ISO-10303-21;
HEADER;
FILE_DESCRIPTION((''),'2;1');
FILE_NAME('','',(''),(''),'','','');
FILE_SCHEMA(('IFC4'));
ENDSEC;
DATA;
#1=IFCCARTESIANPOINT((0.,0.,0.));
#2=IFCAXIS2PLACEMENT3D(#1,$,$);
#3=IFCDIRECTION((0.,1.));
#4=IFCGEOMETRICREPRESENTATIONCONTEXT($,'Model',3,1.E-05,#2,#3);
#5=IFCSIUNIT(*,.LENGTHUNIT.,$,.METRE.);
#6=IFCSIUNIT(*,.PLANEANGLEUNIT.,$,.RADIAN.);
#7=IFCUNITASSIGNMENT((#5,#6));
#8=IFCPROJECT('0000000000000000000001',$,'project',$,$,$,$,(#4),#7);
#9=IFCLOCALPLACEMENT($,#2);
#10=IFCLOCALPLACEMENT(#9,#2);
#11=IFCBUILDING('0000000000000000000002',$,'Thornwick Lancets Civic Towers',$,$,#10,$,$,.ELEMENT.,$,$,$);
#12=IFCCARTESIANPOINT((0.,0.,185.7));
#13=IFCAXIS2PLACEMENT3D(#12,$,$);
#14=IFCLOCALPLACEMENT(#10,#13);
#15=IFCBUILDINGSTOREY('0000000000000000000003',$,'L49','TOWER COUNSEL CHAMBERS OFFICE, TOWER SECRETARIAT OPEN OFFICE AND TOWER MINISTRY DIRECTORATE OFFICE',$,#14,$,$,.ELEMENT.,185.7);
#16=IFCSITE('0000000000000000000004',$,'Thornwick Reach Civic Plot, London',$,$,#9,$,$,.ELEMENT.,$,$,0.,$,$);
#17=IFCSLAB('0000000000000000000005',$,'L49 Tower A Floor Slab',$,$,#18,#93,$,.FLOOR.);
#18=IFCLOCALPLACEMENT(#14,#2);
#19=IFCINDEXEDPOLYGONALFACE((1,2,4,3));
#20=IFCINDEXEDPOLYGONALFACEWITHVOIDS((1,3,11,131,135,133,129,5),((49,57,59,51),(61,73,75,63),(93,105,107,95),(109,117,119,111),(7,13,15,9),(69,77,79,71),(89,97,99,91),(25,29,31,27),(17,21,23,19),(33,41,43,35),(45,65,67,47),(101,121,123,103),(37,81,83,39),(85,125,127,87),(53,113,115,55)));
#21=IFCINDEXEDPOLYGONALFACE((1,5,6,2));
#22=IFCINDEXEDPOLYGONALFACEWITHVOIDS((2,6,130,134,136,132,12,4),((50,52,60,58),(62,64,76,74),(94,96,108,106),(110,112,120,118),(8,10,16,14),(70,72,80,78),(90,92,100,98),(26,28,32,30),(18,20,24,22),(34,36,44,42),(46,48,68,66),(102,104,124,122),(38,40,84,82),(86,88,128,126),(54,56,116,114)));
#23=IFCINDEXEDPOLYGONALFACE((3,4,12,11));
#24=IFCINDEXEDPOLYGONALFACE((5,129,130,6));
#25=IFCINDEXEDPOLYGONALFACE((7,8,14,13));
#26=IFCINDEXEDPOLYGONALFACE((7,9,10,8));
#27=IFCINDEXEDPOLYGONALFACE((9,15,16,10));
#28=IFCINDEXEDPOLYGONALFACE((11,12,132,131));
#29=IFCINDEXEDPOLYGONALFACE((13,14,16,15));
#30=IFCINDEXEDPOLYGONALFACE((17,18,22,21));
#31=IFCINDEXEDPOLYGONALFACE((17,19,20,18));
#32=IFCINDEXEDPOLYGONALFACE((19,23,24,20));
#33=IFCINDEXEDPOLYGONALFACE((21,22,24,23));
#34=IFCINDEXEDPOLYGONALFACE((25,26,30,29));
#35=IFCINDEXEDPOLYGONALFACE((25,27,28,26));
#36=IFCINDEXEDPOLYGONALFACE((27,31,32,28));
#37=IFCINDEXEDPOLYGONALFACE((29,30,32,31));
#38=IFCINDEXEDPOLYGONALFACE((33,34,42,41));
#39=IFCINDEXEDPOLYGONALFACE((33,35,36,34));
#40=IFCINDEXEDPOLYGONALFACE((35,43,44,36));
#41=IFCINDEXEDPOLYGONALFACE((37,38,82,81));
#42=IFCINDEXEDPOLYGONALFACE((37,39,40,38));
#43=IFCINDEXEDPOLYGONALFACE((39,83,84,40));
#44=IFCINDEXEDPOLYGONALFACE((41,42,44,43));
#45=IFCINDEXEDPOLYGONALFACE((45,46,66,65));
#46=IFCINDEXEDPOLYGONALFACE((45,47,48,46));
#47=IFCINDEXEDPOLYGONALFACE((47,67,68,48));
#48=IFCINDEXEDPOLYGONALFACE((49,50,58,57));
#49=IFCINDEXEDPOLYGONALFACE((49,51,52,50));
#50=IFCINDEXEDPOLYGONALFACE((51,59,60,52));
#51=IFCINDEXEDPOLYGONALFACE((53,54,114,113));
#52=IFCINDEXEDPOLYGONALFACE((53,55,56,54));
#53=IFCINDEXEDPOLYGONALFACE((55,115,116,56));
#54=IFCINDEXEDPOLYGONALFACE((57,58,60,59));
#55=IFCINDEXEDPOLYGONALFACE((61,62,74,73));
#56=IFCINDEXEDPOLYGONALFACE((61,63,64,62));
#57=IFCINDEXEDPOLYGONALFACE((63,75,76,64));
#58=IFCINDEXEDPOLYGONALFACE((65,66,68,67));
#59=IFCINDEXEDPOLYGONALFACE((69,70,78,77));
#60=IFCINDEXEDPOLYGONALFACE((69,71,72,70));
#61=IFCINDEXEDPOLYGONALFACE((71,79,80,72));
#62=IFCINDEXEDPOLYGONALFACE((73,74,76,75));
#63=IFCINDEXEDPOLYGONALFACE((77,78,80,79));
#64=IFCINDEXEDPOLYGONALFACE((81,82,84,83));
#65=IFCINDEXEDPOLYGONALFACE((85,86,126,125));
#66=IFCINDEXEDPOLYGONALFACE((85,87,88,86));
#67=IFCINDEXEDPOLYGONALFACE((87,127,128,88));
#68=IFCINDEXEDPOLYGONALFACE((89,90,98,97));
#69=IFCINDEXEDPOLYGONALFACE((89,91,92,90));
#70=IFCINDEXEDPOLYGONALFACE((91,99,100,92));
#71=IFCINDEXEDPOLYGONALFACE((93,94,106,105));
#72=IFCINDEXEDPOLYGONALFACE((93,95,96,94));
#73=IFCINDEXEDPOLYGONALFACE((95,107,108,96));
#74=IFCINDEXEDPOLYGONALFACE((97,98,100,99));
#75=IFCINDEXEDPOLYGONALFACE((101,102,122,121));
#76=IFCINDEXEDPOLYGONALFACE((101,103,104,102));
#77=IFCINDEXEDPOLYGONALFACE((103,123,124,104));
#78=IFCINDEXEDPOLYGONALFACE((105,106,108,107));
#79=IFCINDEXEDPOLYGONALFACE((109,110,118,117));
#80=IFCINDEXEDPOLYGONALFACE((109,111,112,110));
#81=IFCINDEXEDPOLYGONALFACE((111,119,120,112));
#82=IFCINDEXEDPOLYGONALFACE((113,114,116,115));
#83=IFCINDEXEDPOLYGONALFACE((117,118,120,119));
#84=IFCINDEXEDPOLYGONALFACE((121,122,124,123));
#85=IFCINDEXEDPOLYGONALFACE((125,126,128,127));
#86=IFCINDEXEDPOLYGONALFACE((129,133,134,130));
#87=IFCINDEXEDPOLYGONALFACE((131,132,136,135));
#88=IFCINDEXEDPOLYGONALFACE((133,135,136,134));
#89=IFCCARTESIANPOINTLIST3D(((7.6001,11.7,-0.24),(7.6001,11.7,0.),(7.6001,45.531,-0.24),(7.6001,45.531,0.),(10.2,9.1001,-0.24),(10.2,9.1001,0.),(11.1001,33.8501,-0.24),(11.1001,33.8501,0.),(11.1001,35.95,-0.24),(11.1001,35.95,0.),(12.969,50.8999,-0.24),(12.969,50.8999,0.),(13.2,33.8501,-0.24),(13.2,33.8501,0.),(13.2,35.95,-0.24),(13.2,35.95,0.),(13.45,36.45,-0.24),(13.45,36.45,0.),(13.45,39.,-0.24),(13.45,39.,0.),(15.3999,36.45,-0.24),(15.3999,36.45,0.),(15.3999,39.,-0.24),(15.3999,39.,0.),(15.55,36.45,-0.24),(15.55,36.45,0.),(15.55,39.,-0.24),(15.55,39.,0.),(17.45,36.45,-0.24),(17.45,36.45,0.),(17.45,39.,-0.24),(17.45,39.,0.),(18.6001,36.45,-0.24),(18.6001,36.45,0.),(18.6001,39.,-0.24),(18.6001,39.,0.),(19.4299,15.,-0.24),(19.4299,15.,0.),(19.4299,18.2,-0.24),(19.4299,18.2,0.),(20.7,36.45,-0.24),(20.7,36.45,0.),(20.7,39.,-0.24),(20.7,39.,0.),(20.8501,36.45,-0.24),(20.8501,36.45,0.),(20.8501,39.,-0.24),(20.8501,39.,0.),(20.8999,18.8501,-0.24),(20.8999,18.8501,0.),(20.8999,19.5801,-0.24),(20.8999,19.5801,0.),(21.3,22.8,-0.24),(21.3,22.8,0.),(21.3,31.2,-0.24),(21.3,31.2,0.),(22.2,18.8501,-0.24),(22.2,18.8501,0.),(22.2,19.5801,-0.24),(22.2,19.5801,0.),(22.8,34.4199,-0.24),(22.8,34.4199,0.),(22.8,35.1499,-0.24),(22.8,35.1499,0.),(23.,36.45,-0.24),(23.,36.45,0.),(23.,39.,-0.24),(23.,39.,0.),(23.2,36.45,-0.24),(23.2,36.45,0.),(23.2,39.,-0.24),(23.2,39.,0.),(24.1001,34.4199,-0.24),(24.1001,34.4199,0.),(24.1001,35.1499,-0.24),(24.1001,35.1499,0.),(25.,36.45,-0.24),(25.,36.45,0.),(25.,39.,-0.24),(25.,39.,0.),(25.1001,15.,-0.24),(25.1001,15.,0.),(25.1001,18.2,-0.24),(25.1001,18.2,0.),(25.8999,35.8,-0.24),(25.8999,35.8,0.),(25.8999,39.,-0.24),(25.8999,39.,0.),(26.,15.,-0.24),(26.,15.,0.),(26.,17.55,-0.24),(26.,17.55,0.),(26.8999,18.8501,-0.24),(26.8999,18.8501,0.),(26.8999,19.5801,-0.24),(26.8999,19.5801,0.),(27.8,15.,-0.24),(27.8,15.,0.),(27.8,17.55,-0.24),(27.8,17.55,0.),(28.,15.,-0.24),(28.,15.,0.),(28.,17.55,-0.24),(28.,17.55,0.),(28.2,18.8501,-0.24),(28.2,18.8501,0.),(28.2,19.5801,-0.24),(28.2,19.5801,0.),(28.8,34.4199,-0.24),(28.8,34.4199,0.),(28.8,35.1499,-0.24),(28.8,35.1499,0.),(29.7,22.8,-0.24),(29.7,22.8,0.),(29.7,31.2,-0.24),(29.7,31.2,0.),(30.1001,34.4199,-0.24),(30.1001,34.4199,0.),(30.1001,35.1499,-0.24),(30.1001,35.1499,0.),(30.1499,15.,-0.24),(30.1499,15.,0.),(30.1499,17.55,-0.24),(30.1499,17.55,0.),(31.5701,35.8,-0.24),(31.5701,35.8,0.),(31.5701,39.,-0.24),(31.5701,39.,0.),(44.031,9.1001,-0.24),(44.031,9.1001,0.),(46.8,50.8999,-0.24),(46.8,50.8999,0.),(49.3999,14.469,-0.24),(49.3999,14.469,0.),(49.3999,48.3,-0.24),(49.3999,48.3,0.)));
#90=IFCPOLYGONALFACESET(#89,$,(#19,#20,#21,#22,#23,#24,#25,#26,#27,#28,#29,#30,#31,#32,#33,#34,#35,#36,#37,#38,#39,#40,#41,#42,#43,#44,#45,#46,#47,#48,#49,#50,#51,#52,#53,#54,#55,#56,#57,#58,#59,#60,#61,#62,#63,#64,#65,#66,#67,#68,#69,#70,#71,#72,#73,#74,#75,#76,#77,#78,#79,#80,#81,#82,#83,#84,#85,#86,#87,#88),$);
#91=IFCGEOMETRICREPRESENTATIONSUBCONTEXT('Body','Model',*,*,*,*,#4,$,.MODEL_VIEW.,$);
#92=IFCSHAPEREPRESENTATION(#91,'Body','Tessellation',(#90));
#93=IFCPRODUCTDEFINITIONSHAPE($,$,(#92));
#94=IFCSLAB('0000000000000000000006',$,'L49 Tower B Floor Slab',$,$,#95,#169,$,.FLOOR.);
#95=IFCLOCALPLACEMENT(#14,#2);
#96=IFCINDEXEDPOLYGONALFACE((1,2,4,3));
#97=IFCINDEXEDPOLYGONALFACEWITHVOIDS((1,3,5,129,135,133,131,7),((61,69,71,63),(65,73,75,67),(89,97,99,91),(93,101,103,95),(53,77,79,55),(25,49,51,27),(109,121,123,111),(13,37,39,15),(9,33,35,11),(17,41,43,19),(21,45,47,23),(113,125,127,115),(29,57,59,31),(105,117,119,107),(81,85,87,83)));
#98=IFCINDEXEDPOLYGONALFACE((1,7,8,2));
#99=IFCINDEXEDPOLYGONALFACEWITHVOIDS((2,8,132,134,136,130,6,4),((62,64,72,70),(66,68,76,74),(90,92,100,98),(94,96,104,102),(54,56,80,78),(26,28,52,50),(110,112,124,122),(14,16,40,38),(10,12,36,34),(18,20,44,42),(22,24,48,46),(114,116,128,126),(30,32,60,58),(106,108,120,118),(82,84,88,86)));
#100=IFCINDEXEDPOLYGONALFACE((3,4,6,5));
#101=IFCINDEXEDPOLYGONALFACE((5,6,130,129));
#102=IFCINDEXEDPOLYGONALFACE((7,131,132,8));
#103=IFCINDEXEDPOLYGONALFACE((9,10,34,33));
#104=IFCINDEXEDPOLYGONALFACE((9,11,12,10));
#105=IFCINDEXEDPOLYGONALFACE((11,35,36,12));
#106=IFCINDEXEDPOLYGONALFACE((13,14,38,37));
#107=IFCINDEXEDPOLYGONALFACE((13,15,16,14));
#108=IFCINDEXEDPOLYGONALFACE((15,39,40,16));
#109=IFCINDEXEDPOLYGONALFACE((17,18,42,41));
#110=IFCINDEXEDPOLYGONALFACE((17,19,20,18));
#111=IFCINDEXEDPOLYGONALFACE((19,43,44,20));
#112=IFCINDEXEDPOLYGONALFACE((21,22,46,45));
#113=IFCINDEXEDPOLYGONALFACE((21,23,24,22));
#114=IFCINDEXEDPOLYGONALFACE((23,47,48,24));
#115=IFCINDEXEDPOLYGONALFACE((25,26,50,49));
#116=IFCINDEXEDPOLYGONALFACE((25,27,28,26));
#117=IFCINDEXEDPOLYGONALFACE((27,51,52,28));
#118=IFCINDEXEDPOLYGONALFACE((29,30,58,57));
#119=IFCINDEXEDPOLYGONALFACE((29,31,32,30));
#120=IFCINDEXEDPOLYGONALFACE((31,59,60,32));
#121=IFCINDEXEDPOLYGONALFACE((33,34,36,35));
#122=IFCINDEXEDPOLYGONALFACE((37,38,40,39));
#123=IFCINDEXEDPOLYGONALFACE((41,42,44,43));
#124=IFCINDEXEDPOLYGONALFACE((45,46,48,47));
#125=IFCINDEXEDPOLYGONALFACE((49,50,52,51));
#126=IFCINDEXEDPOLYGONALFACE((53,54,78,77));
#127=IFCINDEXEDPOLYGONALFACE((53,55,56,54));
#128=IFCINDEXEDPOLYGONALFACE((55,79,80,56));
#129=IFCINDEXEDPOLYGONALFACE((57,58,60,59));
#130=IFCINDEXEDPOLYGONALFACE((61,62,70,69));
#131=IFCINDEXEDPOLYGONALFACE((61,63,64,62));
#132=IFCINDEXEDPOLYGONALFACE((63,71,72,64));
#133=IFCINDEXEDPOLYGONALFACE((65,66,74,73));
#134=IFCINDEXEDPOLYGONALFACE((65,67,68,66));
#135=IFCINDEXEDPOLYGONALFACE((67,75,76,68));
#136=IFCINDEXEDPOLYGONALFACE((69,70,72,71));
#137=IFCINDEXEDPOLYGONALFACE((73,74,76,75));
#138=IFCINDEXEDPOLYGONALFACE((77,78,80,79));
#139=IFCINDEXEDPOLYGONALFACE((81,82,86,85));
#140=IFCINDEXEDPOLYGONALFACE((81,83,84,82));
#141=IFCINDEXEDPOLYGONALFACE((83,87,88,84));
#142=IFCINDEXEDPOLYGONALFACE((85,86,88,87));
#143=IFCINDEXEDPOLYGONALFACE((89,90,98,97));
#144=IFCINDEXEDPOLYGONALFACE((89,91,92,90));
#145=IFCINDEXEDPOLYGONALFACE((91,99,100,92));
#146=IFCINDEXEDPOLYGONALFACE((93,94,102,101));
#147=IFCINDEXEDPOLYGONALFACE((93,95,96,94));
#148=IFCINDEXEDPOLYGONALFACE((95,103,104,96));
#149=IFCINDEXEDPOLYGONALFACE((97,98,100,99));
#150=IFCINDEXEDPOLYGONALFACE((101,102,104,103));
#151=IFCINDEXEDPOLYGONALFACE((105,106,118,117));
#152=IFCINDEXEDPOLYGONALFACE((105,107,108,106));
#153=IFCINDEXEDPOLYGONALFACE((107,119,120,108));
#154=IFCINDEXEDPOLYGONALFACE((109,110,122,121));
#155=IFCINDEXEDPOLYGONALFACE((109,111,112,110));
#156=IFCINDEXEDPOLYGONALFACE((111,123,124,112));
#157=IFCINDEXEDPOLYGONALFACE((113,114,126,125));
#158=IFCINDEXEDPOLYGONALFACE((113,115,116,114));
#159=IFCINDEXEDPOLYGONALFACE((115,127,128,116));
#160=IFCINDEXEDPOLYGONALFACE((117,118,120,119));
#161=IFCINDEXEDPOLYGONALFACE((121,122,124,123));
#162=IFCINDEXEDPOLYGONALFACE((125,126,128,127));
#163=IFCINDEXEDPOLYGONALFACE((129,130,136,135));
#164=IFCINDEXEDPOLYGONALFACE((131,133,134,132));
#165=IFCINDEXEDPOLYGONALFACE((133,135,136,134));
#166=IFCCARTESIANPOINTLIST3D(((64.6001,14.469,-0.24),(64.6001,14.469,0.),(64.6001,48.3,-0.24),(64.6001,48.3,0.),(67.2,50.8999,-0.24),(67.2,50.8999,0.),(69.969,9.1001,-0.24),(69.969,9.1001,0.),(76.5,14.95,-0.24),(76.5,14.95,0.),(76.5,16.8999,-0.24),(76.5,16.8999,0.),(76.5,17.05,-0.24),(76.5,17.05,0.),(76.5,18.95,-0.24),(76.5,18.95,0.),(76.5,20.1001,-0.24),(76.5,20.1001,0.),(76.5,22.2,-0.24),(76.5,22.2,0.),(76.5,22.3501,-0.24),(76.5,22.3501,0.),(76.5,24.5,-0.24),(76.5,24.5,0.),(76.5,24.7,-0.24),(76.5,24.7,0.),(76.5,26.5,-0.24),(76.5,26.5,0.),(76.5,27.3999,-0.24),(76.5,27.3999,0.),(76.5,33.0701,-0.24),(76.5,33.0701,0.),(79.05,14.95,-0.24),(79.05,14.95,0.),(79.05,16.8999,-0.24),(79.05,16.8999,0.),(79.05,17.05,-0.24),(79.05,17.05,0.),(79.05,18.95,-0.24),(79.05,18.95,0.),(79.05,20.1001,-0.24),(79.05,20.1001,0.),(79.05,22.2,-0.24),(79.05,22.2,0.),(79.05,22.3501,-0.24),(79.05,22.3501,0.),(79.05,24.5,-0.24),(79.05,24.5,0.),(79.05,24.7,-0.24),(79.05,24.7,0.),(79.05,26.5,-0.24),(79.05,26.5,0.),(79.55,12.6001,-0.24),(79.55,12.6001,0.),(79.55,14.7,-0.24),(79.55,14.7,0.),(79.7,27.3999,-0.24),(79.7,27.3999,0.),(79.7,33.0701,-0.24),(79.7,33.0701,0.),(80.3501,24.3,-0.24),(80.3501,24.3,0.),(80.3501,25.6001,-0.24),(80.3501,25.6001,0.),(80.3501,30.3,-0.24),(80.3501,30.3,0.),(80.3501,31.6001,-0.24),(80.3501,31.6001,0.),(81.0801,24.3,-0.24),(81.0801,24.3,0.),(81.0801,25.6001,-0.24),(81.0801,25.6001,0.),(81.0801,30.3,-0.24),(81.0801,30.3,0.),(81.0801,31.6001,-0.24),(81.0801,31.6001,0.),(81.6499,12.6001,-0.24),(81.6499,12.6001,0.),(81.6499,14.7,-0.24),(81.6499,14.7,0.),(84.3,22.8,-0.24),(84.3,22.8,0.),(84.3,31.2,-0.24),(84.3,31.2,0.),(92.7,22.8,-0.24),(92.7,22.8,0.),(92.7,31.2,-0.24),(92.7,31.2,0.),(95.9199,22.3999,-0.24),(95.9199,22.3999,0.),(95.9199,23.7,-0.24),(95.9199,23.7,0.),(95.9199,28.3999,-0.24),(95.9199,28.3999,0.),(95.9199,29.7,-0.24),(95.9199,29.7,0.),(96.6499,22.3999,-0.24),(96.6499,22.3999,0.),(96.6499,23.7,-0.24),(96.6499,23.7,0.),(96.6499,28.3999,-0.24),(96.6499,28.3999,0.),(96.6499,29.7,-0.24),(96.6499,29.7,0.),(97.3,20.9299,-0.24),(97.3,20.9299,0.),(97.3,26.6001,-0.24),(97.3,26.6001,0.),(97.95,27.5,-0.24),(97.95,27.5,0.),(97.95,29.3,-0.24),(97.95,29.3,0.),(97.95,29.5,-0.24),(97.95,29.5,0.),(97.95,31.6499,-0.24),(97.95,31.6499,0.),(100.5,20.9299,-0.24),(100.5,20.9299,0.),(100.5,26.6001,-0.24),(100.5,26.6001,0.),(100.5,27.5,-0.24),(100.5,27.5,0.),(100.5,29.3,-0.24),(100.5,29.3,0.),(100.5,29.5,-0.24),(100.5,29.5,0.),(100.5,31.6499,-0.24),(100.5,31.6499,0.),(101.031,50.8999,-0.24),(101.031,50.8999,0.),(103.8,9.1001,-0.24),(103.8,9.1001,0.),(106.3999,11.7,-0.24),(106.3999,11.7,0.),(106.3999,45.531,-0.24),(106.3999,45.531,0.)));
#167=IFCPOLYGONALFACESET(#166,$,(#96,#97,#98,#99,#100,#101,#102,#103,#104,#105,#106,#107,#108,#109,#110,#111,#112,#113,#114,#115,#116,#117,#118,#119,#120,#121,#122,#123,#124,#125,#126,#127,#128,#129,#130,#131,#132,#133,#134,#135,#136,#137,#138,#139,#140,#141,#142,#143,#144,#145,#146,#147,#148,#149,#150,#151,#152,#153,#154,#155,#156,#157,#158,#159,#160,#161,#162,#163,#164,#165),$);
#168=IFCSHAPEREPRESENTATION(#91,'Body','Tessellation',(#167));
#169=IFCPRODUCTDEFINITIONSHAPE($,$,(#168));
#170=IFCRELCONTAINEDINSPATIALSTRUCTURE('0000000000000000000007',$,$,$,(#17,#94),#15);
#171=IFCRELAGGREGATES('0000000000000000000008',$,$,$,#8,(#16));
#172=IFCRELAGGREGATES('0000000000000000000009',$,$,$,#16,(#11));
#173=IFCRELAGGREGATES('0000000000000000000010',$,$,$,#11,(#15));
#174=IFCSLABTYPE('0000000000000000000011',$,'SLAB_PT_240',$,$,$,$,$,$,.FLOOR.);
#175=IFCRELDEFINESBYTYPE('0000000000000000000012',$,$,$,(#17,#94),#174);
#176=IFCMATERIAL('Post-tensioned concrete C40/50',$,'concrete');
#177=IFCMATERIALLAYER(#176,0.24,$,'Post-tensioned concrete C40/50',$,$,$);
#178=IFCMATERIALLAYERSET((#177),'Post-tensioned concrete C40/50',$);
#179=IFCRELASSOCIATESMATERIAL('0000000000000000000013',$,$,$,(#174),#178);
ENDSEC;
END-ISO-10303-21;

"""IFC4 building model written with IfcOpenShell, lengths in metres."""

from ifc_helpers import new_model, si_unit, direction, frame, origin, place, context, subcontext, project, spatial, polyline, outline, extrude, material, layer, layer_set, type_object, element, save


model = new_model("IFC4")

# Units and contexts
model_context = context("Model", 3, precision=1e-05, world=origin(), true_north=direction((0.0, 1.0)))
body_context = subcontext(model_context, "Body", "Model", "MODEL_VIEW")
ifc_project = project(units=[si_unit("LENGTHUNIT", "METRE"), si_unit("PLANEANGLEUNIT", "RADIAN")], contexts=[model_context])

# Site, building, storey
site_placement = place(None, origin())
site = spatial("IfcSite", under=ifc_project, at=site_placement, Name="Thornwick Reach Civic Plot, London", CompositionType="ELEMENT", RefElevation=0.0)
building_placement = place(site_placement, origin())
building = spatial("IfcBuilding", under=site, at=building_placement, Name="Thornwick Lancets Civic Towers", CompositionType="ELEMENT")
storey_placement = place(building_placement, frame((0.0, 0.0, 185.7)))
storey = spatial("IfcBuildingStorey", under=building, at=storey_placement, Name="L49", Description="TOWER COUNSEL CHAMBERS OFFICE, TOWER SECRETARIAT OPEN OFFICE AND TOWER MINISTRY DIRECTORATE OFFICE", CompositionType="ELEMENT", Elevation=185.7)

# Shared definitions
ifc_material_1 = material(Name="Post-tensioned concrete C40/50", Category="concrete")

# Slabs
ifc_layer_1 = layer(ifc_material_1, 0.24, Name="Post-tensioned concrete C40/50")
ifc_layer_set_1 = layer_set([ifc_layer_1], Name="Post-tensioned concrete C40/50")
slab_type_1 = type_object("IfcSlabType", Name="SLAB_PT_240", PredefinedType="FLOOR", material=ifc_layer_set_1)
slab_1_placement = place(storey_placement, frame((0.0, 0.0, -0.24)))
element("IfcSlab", 1, at=slab_1_placement, inside=storey, type_object=slab_type_1, Name="L49 Tower A Floor Slab", PredefinedType="FLOOR", context=body_context, shape_type="SweptSolid", body=[
    extrude(outline(polyline([(10.2, 9.1001), (44.031, 9.1001), (49.3999, 14.469), (49.3999, 48.3), (46.8, 50.8999), (12.969, 50.8999), (7.6001, 45.531), (7.6001, 11.7), (10.2, 9.1001)]), holes=[polyline([(21.3, 22.8), (29.7, 22.8), (29.7, 31.2), (21.3, 31.2), (21.3, 22.8)]), polyline([(19.4299, 15.0), (25.1001, 15.0), (25.1001, 18.2), (19.4299, 18.2), (19.4299, 15.0)]), polyline([(31.5701, 39.0), (25.8999, 39.0), (25.8999, 35.8), (31.5701, 35.8), (31.5701, 39.0)]), polyline([(26.0, 15.0), (27.8, 15.0), (27.8, 17.55), (26.0, 17.55), (26.0, 15.0)]), polyline([(28.0, 15.0), (30.1499, 15.0), (30.1499, 17.55), (28.0, 17.55), (28.0, 15.0)]), polyline([(23.2, 36.45), (25.0, 36.45), (25.0, 39.0), (23.2, 39.0), (23.2, 36.45)]), polyline([(20.8501, 36.45), (23.0, 36.45), (23.0, 39.0), (20.8501, 39.0), (20.8501, 36.45)]), polyline([(18.6001, 36.45), (20.7, 36.45), (20.7, 39.0), (18.6001, 39.0), (18.6001, 36.45)]), polyline([(15.55, 36.45), (17.45, 36.45), (17.45, 39.0), (15.55, 39.0), (15.55, 36.45)]), polyline([(13.45, 36.45), (15.3999, 36.45), (15.3999, 39.0), (13.45, 39.0), (13.45, 36.45)]), polyline([(11.1001, 33.8501), (13.2, 33.8501), (13.2, 35.95), (11.1001, 35.95), (11.1001, 33.8501)]), polyline([(26.8999, 18.8501), (28.2, 18.8501), (28.2, 19.5801), (26.8999, 19.5801), (26.8999, 18.8501)]), polyline([(20.8999, 18.8501), (22.2, 18.8501), (22.2, 19.5801), (20.8999, 19.5801), (20.8999, 18.8501)]), polyline([(22.8, 34.4199), (24.1001, 34.4199), (24.1001, 35.1499), (22.8, 35.1499), (22.8, 34.4199)]), polyline([(28.8, 34.4199), (30.1001, 34.4199), (30.1001, 35.1499), (28.8, 35.1499), (28.8, 34.4199)])]), origin(), (0.0, 0.0, 1.0), 0.24),
])
slab_2_placement = place(storey_placement, frame((0.0, 0.0, -0.24)))
element("IfcSlab", 2, at=slab_2_placement, inside=storey, type_object=slab_type_1, Name="L49 Tower B Floor Slab", PredefinedType="FLOOR", context=body_context, shape_type="SweptSolid", body=[
    extrude(outline(polyline([(69.969, 9.1001), (103.8, 9.1001), (106.3999, 11.7), (106.3999, 45.531), (101.031, 50.8999), (67.2, 50.8999), (64.6001, 48.3), (64.6001, 14.469), (69.969, 9.1001)]), holes=[polyline([(84.3, 22.8), (92.7, 22.8), (92.7, 31.2), (84.3, 31.2), (84.3, 22.8)]), polyline([(100.5, 20.9299), (100.5, 26.6001), (97.3, 26.6001), (97.3, 20.9299), (100.5, 20.9299)]), polyline([(76.5, 33.0701), (76.5, 27.3999), (79.7, 27.3999), (79.7, 33.0701), (76.5, 33.0701)]), polyline([(97.95, 27.5), (100.5, 27.5), (100.5, 29.3), (97.95, 29.3), (97.95, 27.5)]), polyline([(97.95, 29.5), (100.5, 29.5), (100.5, 31.6499), (97.95, 31.6499), (97.95, 29.5)]), polyline([(76.5, 24.7), (79.05, 24.7), (79.05, 26.5), (76.5, 26.5), (76.5, 24.7)]), polyline([(76.5, 22.3501), (79.05, 22.3501), (79.05, 24.5), (76.5, 24.5), (76.5, 22.3501)]), polyline([(76.5, 20.1001), (79.05, 20.1001), (79.05, 22.2), (76.5, 22.2), (76.5, 20.1001)]), polyline([(76.5, 17.05), (79.05, 17.05), (79.05, 18.95), (76.5, 18.95), (76.5, 17.05)]), polyline([(76.5, 14.95), (79.05, 14.95), (79.05, 16.8999), (76.5, 16.8999), (76.5, 14.95)]), polyline([(79.55, 12.6001), (81.6499, 12.6001), (81.6499, 14.7), (79.55, 14.7), (79.55, 12.6001)]), polyline([(95.9199, 28.3999), (96.6499, 28.3999), (96.6499, 29.7), (95.9199, 29.7), (95.9199, 28.3999)]), polyline([(95.9199, 22.3999), (96.6499, 22.3999), (96.6499, 23.7), (95.9199, 23.7), (95.9199, 22.3999)]), polyline([(80.3501, 24.3), (81.0801, 24.3), (81.0801, 25.6001), (80.3501, 25.6001), (80.3501, 24.3)]), polyline([(80.3501, 30.3), (81.0801, 30.3), (81.0801, 31.6001), (80.3501, 31.6001), (80.3501, 30.3)])]), origin(), (0.0, 0.0, 1.0), 0.24),
])

save(model, "model.ifc")
